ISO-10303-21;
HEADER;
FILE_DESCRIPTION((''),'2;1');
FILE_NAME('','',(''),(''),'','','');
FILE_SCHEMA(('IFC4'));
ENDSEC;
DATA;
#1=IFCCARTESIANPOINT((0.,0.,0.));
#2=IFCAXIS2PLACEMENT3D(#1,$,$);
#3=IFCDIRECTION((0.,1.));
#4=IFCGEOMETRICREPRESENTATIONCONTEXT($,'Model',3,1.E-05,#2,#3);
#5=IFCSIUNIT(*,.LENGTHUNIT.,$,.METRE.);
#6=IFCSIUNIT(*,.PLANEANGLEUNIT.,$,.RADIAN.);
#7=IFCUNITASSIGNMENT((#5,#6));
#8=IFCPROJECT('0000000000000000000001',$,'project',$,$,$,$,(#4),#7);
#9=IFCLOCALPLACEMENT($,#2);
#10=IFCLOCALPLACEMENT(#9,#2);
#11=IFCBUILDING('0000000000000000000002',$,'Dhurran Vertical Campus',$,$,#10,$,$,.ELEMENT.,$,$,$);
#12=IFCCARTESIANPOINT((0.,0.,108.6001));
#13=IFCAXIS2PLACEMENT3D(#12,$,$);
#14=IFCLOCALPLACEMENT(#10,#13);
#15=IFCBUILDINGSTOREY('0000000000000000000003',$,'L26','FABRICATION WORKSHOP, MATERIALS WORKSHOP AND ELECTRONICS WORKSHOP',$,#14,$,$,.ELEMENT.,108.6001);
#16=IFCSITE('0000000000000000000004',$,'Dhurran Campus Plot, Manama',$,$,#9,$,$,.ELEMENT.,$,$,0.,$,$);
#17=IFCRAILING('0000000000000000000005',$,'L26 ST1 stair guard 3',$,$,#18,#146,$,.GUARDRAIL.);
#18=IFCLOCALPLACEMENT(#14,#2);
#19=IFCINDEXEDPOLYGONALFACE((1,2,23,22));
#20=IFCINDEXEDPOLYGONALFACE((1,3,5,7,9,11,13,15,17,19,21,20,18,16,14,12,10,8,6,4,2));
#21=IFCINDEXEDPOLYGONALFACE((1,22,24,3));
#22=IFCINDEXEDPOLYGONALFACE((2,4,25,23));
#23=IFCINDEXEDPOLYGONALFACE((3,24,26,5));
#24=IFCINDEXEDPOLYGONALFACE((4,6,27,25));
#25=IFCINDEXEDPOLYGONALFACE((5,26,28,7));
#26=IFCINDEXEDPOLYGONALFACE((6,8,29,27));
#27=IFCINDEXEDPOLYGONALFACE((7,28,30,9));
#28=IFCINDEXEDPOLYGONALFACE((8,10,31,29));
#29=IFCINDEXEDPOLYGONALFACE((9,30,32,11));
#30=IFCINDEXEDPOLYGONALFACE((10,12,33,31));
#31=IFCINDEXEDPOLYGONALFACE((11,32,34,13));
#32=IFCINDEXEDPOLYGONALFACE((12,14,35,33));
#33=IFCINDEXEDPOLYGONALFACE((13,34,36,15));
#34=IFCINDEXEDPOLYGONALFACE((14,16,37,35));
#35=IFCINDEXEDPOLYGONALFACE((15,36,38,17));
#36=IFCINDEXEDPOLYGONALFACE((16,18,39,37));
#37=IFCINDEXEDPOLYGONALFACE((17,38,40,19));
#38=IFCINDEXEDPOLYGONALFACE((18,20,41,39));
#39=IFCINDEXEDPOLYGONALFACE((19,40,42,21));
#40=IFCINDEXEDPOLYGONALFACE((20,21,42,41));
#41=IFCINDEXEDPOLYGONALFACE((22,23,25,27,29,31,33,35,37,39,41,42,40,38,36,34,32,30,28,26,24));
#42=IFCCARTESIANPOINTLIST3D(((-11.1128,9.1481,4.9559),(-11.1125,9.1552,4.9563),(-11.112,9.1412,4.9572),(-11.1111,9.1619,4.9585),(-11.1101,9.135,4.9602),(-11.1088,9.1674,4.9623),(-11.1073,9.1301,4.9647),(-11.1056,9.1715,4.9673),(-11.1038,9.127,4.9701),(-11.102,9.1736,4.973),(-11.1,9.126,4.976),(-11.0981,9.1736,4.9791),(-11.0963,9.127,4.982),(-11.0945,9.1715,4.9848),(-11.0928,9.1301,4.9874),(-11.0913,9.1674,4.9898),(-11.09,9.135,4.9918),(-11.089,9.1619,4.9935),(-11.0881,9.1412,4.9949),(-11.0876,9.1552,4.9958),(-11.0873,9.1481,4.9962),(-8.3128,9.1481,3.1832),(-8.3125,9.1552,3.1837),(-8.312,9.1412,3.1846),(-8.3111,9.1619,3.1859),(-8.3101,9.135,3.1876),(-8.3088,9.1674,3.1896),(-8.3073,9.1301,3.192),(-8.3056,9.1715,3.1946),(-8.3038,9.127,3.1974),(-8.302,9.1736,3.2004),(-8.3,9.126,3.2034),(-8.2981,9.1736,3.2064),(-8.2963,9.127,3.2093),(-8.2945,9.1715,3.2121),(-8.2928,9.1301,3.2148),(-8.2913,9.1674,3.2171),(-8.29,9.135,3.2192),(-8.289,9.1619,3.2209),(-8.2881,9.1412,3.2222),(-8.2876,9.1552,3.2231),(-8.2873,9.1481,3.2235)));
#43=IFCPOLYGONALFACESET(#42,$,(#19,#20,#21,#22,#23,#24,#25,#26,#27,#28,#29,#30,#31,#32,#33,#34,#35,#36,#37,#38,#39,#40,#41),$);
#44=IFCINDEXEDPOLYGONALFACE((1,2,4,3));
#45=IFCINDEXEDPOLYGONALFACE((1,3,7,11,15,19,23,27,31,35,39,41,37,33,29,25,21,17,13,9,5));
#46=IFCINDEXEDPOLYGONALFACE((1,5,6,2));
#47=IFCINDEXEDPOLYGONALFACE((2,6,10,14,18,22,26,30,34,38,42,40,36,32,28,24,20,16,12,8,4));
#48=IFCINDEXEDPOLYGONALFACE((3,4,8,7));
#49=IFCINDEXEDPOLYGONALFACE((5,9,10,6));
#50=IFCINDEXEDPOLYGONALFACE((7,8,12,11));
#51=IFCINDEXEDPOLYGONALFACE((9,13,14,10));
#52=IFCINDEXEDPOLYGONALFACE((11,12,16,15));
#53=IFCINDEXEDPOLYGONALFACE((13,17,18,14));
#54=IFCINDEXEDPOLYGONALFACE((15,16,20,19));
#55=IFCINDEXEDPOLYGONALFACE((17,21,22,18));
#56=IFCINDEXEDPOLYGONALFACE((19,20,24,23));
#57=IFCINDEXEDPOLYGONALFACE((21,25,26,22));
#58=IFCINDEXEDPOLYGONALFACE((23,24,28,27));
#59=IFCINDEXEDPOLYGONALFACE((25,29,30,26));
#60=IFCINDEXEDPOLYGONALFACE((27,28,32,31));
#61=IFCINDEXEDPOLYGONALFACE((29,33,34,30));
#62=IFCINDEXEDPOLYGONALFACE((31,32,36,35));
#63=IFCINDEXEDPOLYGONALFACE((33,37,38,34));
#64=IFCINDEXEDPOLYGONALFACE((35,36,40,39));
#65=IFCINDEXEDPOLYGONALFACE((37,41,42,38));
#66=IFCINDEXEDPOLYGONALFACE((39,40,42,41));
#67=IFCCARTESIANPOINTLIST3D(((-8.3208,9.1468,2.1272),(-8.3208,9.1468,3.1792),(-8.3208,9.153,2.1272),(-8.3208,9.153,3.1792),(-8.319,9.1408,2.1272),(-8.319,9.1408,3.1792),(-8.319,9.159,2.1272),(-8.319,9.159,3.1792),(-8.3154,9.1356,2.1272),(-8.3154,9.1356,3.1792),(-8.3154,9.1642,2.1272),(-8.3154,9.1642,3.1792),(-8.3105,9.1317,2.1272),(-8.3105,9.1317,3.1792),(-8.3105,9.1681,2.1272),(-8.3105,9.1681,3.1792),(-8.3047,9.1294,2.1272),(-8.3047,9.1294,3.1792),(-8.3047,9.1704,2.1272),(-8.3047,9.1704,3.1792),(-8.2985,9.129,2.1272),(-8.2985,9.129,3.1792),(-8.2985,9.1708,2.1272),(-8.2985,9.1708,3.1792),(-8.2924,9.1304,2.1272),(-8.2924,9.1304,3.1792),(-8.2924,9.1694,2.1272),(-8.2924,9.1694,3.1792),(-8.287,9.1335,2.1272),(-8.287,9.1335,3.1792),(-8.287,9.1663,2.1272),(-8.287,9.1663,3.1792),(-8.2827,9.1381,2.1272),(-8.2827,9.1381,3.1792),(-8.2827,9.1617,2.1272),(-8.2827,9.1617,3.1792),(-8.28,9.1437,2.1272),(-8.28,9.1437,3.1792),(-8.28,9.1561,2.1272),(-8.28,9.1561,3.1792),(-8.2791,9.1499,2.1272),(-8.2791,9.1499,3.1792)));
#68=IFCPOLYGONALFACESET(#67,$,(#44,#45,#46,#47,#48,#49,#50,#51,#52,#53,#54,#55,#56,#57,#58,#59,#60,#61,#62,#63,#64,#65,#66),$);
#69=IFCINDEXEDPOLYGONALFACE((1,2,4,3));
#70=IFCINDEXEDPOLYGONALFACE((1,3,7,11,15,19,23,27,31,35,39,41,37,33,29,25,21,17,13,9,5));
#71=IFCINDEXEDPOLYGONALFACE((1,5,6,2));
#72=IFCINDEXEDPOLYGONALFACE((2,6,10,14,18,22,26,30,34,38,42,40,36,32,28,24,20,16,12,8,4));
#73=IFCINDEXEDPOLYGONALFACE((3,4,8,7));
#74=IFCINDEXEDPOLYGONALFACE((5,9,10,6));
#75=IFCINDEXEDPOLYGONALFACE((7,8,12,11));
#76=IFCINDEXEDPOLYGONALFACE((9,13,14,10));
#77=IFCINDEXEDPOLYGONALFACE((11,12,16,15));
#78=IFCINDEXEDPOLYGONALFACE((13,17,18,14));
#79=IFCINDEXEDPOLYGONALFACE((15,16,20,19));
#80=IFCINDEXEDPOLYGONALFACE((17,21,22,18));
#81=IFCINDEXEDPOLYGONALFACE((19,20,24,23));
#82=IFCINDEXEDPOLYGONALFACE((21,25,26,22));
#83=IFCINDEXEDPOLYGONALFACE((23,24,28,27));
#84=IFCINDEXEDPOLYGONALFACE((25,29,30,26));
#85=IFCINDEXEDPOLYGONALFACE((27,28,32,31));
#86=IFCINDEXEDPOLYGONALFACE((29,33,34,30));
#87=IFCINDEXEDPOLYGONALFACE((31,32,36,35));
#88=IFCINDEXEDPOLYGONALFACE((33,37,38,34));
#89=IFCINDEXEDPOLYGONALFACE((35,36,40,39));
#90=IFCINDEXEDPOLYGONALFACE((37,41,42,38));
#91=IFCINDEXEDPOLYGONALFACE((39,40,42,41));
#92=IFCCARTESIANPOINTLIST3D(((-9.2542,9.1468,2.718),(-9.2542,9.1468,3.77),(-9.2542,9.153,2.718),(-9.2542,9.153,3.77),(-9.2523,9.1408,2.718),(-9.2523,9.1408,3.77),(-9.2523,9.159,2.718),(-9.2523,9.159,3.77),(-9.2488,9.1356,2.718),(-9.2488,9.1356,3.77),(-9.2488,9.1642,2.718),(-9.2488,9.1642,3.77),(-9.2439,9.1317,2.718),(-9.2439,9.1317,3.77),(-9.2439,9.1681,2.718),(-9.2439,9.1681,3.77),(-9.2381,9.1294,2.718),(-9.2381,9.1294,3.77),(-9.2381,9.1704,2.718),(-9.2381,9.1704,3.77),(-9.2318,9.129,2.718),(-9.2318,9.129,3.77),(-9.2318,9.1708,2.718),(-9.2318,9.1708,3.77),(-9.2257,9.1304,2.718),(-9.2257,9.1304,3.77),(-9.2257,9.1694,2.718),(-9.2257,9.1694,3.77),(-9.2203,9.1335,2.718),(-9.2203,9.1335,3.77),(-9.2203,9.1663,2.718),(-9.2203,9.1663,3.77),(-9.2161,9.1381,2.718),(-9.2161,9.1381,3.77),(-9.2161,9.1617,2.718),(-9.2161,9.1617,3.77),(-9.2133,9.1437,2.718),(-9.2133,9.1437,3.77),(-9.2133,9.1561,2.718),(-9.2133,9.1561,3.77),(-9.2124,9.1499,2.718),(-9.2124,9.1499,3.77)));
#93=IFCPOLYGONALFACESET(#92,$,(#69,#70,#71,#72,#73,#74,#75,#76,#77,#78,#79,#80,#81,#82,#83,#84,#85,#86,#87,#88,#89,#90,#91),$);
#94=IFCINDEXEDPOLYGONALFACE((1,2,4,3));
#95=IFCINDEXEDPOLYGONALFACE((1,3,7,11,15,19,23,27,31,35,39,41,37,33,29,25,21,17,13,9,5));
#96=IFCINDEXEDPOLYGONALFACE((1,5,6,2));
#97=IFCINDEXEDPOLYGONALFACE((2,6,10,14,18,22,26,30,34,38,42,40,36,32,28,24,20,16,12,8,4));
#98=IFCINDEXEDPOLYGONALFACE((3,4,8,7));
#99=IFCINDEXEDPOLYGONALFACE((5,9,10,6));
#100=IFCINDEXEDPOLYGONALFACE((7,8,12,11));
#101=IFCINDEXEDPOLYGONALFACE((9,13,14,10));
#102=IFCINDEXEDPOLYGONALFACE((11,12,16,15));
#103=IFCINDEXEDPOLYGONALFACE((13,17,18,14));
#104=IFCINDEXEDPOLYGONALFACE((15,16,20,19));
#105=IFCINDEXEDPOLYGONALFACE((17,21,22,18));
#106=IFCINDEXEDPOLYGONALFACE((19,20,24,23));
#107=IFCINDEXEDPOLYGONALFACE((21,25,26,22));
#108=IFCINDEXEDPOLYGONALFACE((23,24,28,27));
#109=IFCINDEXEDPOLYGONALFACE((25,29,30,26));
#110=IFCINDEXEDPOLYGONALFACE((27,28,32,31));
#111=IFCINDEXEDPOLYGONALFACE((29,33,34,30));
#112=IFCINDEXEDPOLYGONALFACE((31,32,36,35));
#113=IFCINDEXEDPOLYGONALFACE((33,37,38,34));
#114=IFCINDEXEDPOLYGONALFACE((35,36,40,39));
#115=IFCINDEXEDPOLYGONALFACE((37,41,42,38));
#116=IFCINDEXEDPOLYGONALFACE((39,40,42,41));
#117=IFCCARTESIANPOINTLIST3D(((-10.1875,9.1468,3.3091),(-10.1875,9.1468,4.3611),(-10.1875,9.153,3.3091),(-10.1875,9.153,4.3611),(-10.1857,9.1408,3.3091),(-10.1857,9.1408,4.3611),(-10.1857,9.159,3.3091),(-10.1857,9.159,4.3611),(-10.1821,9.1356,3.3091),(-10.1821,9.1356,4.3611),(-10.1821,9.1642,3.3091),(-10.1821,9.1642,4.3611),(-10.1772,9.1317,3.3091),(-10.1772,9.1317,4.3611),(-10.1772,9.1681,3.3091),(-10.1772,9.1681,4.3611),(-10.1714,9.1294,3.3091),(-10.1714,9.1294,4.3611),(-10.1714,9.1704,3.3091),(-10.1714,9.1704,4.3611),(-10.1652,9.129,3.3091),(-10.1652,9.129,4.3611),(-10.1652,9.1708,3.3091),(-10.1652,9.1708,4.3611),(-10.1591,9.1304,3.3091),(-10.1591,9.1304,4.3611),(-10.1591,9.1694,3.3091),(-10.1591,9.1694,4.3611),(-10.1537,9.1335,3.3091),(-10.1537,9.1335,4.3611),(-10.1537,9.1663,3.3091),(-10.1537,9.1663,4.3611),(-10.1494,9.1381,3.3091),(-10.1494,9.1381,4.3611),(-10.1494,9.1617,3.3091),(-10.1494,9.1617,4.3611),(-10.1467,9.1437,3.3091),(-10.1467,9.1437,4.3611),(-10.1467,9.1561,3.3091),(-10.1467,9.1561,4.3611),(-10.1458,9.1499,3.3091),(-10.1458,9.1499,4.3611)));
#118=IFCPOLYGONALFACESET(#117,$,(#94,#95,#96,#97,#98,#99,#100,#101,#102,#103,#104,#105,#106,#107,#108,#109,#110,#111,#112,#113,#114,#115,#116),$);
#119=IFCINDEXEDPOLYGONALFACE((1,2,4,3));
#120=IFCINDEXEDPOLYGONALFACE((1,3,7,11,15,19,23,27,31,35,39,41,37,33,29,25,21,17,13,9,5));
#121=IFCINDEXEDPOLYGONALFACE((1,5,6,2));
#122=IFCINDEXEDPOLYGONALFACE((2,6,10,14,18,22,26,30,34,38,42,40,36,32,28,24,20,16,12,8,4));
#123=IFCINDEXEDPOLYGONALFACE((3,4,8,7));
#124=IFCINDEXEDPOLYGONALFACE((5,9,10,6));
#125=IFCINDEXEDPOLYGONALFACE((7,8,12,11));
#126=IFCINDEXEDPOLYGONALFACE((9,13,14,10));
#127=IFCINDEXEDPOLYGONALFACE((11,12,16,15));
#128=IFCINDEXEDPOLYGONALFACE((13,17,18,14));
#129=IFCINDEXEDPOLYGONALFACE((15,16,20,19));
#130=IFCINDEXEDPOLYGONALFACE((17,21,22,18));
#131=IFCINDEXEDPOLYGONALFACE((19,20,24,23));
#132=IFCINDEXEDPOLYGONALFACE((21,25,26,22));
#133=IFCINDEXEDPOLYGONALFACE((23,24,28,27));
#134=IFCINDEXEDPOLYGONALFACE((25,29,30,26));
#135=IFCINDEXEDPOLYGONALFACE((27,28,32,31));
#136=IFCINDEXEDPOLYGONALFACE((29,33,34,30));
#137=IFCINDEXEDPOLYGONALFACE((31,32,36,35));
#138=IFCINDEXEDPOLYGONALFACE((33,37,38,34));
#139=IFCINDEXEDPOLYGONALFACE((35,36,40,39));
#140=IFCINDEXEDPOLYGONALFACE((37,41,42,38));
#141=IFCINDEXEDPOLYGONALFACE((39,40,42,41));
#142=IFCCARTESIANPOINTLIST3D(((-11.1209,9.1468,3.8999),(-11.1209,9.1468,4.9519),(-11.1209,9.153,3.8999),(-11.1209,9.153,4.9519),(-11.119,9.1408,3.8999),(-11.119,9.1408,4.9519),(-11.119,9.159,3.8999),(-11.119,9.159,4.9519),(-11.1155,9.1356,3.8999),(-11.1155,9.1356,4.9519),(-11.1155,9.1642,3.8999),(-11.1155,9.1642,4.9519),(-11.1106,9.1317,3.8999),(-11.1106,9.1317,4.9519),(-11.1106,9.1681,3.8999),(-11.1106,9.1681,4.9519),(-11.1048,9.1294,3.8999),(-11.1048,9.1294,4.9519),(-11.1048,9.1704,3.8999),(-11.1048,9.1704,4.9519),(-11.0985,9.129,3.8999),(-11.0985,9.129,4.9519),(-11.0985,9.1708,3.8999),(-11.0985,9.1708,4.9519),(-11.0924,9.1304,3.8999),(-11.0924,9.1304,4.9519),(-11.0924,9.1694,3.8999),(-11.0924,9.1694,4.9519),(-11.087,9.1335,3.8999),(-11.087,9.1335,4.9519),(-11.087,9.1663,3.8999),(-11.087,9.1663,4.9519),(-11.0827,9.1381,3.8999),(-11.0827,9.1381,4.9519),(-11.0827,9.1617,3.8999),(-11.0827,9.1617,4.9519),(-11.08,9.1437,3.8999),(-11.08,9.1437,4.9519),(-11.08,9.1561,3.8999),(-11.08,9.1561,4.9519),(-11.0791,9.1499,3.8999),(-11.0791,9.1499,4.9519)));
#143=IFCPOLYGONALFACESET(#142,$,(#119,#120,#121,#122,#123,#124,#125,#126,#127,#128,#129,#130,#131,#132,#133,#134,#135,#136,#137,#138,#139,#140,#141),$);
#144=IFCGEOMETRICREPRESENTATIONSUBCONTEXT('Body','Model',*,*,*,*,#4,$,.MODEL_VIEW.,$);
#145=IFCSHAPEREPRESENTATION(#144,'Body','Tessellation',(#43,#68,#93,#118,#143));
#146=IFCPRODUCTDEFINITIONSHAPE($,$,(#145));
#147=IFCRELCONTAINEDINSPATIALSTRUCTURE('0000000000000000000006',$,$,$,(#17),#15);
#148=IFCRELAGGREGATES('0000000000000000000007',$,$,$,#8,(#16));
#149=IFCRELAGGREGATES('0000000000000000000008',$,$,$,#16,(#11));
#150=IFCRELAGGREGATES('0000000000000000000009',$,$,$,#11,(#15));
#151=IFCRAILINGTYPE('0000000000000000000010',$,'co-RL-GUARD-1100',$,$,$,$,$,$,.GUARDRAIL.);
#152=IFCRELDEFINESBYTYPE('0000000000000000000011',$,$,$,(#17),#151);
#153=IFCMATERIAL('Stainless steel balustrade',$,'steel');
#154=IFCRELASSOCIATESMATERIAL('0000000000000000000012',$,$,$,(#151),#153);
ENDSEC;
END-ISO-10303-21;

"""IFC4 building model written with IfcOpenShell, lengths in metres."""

from ifc_helpers import new_model, si_unit, direction, frame, origin, origin_2d, place, context, subcontext, project, spatial, circle, extrude, material, type_object, element, save


model = new_model("IFC4")

# Units and contexts
model_context = context("Model", 3, precision=1e-05, world=origin(), true_north=direction((0.0, 1.0)))
body_context = subcontext(model_context, "Body", "Model", "MODEL_VIEW")
ifc_project = project(units=[si_unit("LENGTHUNIT", "METRE"), si_unit("PLANEANGLEUNIT", "RADIAN")], contexts=[model_context])

# Site, building, storey
site_placement = place(None, origin())
site = spatial("IfcSite", under=ifc_project, at=site_placement, Name="Dhurran Campus Plot, Manama", CompositionType="ELEMENT", RefElevation=0.0)
building_placement = place(site_placement, origin())
building = spatial("IfcBuilding", under=site, at=building_placement, Name="Dhurran Vertical Campus", CompositionType="ELEMENT")
storey_placement = place(building_placement, frame((0.0, 0.0, 108.6001)))
storey = spatial("IfcBuildingStorey", under=building, at=storey_placement, Name="L26", Description="FABRICATION WORKSHOP, MATERIALS WORKSHOP AND ELECTRONICS WORKSHOP", CompositionType="ELEMENT", Elevation=108.6001)

# Railing
ifc_material_1 = material(Name="Stainless steel balustrade", Category="steel")
railing_type_1 = type_object("IfcRailingType", Name="co-RL-GUARD-1100", PredefinedType="GUARDRAIL", material=ifc_material_1)
railing_1_placement = place(storey_placement, frame((-8.3, 9.1499, 2.1272)))
element("IfcRailing", 1, at=railing_1_placement, inside=storey, type_object=railing_type_1, Name="L26 ST1 stair guard 3", PredefinedType="GUARDRAIL", context=body_context, shape_type="SweptSolid", body=[
    extrude(circle(Radius=0.0239, at=origin_2d()), frame((0.0, 0.0, 1.0762), z_axis=(-0.844909, 0.0, 0.53491), x_axis=(0.0, -1.0, 0.0)), (0.0, 0.0, 1.0), 3.314),
    extrude(circle(Radius=0.021, at=origin_2d()), origin(), (0.0, 0.0, 1.0), 1.052),
    extrude(circle(Radius=0.021, at=origin_2d()), frame((-0.9333, 0.0, 0.5908)), (0.0, 0.0, 1.0), 1.052),
    extrude(circle(Radius=0.021, at=origin_2d()), frame((-1.8667, 0.0, 1.1819)), (0.0, 0.0, 1.0), 1.052),
    extrude(circle(Radius=0.021, at=origin_2d()), frame((-2.8, 0.0, 1.7727)), (0.0, 0.0, 1.0), 1.052),
])

save(model, "model.ifc")
